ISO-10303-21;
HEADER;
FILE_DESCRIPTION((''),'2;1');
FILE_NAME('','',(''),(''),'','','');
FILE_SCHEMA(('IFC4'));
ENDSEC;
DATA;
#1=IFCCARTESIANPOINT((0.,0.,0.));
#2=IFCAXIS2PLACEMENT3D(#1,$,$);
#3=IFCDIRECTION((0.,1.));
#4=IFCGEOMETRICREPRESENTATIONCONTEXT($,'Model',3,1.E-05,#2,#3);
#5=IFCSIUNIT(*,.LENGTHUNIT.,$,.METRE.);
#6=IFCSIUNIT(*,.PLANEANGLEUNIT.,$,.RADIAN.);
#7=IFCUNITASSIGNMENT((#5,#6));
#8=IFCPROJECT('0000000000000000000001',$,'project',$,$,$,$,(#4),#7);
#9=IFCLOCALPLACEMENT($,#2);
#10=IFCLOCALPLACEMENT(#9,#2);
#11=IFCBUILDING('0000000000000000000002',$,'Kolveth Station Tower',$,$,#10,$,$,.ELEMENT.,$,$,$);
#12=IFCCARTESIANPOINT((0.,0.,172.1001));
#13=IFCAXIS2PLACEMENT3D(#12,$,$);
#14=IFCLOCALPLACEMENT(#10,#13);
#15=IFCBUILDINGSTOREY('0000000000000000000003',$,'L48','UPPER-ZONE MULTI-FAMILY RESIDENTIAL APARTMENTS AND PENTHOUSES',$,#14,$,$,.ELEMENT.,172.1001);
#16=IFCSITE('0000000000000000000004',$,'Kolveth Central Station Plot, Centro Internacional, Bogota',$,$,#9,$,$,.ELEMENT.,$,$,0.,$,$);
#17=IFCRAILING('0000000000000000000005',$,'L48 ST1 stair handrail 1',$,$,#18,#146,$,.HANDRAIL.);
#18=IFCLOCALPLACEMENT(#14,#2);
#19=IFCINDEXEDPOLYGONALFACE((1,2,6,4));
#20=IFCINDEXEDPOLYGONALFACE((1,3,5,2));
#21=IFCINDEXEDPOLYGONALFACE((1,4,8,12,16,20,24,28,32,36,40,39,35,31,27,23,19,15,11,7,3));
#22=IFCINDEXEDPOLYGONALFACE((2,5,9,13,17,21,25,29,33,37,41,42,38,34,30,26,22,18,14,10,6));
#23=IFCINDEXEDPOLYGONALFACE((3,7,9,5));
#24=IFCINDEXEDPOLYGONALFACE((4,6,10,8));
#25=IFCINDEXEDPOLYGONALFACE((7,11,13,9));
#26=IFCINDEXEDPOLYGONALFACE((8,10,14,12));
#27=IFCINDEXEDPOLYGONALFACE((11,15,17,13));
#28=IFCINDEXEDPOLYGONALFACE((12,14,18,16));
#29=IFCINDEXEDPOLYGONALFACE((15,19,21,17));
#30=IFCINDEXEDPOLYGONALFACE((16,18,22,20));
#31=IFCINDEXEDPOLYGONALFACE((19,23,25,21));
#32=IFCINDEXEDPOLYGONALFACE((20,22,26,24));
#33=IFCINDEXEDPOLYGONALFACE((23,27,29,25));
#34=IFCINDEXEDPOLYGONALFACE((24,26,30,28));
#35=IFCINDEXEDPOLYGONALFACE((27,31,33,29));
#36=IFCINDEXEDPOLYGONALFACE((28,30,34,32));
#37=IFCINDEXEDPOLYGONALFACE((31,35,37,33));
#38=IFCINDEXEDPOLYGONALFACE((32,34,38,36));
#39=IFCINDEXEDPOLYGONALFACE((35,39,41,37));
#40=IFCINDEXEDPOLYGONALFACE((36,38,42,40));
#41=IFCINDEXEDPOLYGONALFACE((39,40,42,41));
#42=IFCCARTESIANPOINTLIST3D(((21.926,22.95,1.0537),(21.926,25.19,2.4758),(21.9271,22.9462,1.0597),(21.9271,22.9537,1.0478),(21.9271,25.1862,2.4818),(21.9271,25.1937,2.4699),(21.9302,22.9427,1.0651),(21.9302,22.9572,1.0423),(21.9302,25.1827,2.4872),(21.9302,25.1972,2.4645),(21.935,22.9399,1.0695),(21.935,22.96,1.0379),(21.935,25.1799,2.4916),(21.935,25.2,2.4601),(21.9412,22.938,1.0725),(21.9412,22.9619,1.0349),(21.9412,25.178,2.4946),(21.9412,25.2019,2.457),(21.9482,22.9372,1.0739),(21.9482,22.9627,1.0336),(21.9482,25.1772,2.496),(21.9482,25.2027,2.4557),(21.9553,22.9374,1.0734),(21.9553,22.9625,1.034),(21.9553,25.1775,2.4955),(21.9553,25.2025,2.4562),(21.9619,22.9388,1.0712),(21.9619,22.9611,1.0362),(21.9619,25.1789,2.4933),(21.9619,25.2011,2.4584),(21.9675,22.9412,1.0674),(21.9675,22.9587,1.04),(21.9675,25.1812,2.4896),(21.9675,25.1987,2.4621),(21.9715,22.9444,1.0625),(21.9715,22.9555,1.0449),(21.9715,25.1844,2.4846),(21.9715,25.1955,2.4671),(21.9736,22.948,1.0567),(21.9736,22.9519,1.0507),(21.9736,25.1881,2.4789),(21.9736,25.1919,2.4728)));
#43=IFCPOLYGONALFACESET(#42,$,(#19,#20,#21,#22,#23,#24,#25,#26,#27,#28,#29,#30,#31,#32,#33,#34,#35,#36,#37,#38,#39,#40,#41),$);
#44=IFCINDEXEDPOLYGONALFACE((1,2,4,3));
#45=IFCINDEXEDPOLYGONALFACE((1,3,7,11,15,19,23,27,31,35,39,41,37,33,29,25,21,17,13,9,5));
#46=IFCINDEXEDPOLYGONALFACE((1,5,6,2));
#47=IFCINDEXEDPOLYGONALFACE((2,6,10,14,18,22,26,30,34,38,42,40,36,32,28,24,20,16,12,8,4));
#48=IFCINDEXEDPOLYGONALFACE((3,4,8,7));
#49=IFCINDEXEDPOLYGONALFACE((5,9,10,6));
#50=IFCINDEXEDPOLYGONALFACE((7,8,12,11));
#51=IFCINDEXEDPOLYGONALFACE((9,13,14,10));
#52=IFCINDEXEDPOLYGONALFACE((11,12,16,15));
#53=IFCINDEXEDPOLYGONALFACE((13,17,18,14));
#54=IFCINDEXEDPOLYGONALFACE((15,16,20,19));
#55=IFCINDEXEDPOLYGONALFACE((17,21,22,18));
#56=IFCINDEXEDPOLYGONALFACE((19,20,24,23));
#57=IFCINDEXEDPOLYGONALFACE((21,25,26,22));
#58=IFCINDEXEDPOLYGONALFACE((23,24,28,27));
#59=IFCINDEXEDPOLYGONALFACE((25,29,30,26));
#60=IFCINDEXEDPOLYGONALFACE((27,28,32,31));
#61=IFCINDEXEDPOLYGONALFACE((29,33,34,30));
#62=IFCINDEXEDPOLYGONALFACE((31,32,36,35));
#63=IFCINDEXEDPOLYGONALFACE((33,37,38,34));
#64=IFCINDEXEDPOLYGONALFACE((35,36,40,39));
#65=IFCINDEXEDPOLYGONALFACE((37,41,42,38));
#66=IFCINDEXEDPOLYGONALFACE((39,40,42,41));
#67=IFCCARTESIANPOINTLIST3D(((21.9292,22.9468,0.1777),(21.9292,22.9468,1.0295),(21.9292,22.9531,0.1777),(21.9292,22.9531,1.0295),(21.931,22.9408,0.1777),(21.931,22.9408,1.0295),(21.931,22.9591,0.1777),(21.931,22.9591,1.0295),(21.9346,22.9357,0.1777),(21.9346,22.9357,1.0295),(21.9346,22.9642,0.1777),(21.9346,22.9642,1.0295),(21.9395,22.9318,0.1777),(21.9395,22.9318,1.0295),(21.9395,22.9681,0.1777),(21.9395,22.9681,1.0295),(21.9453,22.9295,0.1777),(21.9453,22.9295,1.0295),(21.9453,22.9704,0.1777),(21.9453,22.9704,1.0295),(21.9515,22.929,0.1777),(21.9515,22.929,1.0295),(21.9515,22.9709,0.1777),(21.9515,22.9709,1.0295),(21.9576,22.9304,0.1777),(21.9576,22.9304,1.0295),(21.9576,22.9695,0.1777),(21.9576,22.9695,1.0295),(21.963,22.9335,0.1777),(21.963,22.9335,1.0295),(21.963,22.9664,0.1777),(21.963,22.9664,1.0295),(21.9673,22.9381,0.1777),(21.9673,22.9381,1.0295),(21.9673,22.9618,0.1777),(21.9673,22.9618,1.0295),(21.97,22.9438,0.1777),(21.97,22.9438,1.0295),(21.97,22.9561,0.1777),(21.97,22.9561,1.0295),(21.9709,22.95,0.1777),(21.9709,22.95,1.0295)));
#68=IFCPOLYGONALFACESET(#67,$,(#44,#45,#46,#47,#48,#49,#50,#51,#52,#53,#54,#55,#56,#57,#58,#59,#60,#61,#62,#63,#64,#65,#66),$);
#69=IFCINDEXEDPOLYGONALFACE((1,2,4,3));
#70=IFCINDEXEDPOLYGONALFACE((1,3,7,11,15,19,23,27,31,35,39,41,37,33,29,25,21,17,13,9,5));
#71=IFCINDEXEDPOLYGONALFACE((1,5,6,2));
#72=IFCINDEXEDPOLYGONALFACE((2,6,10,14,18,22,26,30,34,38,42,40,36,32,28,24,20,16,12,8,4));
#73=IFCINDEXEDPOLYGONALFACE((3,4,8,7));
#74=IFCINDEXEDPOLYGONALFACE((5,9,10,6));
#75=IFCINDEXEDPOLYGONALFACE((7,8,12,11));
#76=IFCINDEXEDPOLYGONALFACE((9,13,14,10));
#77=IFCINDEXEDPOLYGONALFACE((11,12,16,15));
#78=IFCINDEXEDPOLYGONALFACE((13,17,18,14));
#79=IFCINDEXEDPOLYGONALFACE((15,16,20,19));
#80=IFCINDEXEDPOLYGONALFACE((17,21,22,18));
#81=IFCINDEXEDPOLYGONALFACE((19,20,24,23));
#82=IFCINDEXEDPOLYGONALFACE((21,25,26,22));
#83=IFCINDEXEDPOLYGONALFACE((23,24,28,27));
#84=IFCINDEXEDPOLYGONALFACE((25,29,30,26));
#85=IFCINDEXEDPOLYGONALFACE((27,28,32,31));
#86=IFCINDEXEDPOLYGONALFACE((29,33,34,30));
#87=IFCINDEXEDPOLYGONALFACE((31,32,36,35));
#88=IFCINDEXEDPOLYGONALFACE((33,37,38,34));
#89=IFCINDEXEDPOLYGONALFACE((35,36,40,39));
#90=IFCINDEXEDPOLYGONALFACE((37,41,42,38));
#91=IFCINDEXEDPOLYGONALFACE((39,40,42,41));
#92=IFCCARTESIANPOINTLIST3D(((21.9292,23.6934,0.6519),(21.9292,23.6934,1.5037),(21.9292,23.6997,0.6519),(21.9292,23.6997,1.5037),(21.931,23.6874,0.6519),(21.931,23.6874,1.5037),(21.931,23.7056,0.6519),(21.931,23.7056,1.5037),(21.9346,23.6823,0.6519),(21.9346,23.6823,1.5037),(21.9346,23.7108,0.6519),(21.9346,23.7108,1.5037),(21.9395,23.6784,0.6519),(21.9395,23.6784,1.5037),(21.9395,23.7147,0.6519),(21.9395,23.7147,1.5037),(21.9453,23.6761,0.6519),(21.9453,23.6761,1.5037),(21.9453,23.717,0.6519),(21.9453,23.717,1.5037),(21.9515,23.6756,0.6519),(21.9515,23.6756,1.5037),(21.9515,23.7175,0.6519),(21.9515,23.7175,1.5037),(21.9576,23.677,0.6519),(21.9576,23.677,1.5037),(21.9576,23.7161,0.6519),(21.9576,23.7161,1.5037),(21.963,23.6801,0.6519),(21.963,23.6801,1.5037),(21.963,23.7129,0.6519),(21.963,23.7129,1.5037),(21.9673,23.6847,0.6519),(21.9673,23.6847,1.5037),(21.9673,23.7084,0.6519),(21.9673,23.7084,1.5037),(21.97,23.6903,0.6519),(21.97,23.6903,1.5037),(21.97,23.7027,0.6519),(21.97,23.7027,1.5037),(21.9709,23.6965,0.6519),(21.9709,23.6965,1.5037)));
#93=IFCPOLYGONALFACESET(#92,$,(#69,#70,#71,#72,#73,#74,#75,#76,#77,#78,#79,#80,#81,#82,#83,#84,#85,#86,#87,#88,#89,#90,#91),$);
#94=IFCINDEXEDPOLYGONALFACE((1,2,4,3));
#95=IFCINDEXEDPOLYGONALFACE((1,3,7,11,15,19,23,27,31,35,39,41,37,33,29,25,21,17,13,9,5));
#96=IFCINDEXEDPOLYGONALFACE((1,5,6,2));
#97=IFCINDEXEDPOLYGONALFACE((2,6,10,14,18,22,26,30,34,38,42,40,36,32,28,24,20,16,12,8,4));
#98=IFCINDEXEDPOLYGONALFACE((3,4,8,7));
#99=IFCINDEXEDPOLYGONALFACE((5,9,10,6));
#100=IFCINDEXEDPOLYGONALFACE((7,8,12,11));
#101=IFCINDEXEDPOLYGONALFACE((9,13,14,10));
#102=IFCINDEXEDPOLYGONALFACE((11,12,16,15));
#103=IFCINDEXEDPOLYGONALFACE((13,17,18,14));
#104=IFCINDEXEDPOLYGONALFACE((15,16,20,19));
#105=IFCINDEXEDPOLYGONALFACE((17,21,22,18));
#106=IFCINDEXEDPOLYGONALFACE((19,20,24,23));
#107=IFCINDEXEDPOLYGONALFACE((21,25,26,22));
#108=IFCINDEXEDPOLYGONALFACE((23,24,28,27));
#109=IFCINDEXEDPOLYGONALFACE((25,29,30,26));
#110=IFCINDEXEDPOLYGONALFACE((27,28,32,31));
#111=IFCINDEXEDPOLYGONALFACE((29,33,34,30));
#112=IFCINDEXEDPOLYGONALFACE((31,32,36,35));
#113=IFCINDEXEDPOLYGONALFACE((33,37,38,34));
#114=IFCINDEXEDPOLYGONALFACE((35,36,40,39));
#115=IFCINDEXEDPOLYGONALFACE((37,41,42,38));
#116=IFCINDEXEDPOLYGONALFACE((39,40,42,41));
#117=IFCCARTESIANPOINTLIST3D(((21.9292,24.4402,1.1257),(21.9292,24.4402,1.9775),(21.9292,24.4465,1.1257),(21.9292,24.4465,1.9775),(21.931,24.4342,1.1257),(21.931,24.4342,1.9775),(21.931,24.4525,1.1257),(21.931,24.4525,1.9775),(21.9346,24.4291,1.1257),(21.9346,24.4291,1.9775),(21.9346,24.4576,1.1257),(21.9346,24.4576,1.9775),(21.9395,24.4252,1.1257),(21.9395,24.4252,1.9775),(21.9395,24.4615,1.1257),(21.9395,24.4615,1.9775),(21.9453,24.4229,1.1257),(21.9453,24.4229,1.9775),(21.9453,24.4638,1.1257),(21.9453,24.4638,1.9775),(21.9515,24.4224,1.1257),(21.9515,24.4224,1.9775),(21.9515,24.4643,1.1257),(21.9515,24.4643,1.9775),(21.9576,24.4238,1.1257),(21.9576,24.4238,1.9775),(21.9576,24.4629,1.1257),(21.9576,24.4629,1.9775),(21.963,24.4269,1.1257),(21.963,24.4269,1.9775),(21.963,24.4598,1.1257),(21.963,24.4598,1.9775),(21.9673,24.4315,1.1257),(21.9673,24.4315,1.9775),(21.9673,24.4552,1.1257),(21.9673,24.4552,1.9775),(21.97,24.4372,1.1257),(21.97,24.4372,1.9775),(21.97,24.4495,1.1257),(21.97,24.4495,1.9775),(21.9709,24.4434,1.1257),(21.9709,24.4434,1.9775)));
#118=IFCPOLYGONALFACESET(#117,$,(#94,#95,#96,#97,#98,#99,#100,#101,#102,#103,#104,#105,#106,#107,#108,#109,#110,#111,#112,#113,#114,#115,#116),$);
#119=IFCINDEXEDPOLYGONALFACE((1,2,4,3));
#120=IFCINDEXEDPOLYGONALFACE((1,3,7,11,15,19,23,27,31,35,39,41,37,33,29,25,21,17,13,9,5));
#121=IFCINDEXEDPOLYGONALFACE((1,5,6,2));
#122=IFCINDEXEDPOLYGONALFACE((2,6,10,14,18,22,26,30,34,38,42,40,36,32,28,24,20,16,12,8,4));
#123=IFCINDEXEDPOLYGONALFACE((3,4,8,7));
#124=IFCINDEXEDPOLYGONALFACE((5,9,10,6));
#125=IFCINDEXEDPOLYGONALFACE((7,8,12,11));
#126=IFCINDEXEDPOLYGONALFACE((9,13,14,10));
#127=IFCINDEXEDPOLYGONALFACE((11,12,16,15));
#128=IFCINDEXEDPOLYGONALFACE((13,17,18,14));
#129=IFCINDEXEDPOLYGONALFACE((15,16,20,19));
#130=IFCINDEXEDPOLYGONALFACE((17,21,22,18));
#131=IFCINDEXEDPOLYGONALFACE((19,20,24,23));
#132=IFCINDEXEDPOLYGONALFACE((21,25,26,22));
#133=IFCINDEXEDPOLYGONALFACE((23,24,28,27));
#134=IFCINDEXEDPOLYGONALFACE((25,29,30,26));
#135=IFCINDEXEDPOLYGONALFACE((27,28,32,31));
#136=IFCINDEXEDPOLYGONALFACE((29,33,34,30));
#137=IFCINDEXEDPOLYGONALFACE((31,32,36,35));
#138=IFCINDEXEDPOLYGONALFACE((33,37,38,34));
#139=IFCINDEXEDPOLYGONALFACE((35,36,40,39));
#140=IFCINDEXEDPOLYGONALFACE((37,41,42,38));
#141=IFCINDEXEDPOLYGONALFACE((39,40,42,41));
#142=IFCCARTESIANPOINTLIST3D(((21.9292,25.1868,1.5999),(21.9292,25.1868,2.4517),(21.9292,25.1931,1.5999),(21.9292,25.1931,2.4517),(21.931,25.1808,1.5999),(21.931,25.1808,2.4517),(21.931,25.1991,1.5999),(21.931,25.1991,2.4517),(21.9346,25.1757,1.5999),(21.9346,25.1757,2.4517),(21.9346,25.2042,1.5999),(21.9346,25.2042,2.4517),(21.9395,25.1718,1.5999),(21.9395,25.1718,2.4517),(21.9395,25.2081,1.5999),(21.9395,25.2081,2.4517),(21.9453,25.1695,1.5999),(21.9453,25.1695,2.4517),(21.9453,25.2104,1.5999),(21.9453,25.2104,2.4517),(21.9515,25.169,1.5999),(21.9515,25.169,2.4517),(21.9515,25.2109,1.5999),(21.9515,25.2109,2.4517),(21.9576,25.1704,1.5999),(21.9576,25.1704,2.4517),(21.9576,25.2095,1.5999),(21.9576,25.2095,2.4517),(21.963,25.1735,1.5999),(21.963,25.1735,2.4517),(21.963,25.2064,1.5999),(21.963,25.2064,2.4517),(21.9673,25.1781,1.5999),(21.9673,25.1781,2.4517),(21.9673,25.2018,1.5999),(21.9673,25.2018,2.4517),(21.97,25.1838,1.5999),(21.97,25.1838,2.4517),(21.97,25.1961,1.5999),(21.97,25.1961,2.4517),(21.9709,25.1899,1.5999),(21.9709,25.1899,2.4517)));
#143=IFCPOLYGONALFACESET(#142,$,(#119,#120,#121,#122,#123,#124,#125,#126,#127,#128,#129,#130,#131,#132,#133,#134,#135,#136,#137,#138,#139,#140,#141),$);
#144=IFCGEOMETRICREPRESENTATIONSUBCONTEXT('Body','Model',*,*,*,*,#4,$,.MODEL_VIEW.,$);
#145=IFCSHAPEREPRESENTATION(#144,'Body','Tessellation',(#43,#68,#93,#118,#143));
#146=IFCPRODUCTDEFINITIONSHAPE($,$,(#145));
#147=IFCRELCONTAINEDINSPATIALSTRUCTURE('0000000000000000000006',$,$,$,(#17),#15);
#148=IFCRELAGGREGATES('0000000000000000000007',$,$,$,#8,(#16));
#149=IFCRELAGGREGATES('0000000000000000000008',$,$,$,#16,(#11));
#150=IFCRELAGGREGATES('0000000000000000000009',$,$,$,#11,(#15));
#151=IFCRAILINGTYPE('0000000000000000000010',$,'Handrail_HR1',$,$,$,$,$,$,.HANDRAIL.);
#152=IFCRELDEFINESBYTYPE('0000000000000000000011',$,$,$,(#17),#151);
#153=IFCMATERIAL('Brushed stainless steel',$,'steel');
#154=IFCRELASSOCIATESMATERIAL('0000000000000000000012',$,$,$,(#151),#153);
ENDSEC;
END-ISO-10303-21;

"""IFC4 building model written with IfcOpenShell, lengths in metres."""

from ifc_helpers import new_model, si_unit, direction, frame, origin, origin_2d, place, context, subcontext, project, spatial, circle, extrude, material, type_object, element, save


model = new_model("IFC4")

# Units and contexts
model_context = context("Model", 3, precision=1e-05, world=origin(), true_north=direction((0.0, 1.0)))
body_context = subcontext(model_context, "Body", "Model", "MODEL_VIEW")
ifc_project = project(units=[si_unit("LENGTHUNIT", "METRE"), si_unit("PLANEANGLEUNIT", "RADIAN")], contexts=[model_context])

# Site, building, storey
site_placement = place(None, origin())
site = spatial("IfcSite", under=ifc_project, at=site_placement, Name="Kolveth Central Station Plot, Centro Internacional, Bogota", CompositionType="ELEMENT", RefElevation=0.0)
building_placement = place(site_placement, origin())
building = spatial("IfcBuilding", under=site, at=building_placement, Name="Kolveth Station Tower", CompositionType="ELEMENT")
storey_placement = place(building_placement, frame((0.0, 0.0, 172.1001)))
storey = spatial("IfcBuildingStorey", under=building, at=storey_placement, Name="L48", Description="UPPER-ZONE MULTI-FAMILY RESIDENTIAL APARTMENTS AND PENTHOUSES", CompositionType="ELEMENT", Elevation=172.1001)

# Railing
ifc_material_1 = material(Name="Brushed stainless steel", Category="steel")
railing_type_1 = type_object("IfcRailingType", Name="Handrail_HR1", PredefinedType="HANDRAIL", material=ifc_material_1)
railing_1_placement = place(storey_placement, frame((21.95, 22.95, 0.1777)))
element("IfcRailing", 1, at=railing_1_placement, inside=storey, type_object=railing_type_1, Name="L48 ST1 stair handrail 1", PredefinedType="HANDRAIL", context=body_context, shape_type="SweptSolid", body=[
    extrude(circle(Radius=0.0239, at=origin_2d()), frame((0.0, 0.0, 0.876), z_axis=(0.0, 0.844229, 0.535982), x_axis=(-1.0, 0.0, 0.0)), (0.0, 0.0, 1.0), 2.6533),
    extrude(circle(Radius=0.021, at=origin_2d()), origin(), (0.0, 0.0, 1.0), 0.8518),
    extrude(circle(Radius=0.021, at=origin_2d()), frame((0.0, 0.7466, 0.4741)), (0.0, 0.0, 1.0), 0.8518),
    extrude(circle(Radius=0.021, at=origin_2d()), frame((0.0, 1.4934, 0.948)), (0.0, 0.0, 1.0), 0.8518),
    extrude(circle(Radius=0.021, at=origin_2d()), frame((0.0, 2.24, 1.4221)), (0.0, 0.0, 1.0), 0.8518),
])

save(model, "model.ifc")
